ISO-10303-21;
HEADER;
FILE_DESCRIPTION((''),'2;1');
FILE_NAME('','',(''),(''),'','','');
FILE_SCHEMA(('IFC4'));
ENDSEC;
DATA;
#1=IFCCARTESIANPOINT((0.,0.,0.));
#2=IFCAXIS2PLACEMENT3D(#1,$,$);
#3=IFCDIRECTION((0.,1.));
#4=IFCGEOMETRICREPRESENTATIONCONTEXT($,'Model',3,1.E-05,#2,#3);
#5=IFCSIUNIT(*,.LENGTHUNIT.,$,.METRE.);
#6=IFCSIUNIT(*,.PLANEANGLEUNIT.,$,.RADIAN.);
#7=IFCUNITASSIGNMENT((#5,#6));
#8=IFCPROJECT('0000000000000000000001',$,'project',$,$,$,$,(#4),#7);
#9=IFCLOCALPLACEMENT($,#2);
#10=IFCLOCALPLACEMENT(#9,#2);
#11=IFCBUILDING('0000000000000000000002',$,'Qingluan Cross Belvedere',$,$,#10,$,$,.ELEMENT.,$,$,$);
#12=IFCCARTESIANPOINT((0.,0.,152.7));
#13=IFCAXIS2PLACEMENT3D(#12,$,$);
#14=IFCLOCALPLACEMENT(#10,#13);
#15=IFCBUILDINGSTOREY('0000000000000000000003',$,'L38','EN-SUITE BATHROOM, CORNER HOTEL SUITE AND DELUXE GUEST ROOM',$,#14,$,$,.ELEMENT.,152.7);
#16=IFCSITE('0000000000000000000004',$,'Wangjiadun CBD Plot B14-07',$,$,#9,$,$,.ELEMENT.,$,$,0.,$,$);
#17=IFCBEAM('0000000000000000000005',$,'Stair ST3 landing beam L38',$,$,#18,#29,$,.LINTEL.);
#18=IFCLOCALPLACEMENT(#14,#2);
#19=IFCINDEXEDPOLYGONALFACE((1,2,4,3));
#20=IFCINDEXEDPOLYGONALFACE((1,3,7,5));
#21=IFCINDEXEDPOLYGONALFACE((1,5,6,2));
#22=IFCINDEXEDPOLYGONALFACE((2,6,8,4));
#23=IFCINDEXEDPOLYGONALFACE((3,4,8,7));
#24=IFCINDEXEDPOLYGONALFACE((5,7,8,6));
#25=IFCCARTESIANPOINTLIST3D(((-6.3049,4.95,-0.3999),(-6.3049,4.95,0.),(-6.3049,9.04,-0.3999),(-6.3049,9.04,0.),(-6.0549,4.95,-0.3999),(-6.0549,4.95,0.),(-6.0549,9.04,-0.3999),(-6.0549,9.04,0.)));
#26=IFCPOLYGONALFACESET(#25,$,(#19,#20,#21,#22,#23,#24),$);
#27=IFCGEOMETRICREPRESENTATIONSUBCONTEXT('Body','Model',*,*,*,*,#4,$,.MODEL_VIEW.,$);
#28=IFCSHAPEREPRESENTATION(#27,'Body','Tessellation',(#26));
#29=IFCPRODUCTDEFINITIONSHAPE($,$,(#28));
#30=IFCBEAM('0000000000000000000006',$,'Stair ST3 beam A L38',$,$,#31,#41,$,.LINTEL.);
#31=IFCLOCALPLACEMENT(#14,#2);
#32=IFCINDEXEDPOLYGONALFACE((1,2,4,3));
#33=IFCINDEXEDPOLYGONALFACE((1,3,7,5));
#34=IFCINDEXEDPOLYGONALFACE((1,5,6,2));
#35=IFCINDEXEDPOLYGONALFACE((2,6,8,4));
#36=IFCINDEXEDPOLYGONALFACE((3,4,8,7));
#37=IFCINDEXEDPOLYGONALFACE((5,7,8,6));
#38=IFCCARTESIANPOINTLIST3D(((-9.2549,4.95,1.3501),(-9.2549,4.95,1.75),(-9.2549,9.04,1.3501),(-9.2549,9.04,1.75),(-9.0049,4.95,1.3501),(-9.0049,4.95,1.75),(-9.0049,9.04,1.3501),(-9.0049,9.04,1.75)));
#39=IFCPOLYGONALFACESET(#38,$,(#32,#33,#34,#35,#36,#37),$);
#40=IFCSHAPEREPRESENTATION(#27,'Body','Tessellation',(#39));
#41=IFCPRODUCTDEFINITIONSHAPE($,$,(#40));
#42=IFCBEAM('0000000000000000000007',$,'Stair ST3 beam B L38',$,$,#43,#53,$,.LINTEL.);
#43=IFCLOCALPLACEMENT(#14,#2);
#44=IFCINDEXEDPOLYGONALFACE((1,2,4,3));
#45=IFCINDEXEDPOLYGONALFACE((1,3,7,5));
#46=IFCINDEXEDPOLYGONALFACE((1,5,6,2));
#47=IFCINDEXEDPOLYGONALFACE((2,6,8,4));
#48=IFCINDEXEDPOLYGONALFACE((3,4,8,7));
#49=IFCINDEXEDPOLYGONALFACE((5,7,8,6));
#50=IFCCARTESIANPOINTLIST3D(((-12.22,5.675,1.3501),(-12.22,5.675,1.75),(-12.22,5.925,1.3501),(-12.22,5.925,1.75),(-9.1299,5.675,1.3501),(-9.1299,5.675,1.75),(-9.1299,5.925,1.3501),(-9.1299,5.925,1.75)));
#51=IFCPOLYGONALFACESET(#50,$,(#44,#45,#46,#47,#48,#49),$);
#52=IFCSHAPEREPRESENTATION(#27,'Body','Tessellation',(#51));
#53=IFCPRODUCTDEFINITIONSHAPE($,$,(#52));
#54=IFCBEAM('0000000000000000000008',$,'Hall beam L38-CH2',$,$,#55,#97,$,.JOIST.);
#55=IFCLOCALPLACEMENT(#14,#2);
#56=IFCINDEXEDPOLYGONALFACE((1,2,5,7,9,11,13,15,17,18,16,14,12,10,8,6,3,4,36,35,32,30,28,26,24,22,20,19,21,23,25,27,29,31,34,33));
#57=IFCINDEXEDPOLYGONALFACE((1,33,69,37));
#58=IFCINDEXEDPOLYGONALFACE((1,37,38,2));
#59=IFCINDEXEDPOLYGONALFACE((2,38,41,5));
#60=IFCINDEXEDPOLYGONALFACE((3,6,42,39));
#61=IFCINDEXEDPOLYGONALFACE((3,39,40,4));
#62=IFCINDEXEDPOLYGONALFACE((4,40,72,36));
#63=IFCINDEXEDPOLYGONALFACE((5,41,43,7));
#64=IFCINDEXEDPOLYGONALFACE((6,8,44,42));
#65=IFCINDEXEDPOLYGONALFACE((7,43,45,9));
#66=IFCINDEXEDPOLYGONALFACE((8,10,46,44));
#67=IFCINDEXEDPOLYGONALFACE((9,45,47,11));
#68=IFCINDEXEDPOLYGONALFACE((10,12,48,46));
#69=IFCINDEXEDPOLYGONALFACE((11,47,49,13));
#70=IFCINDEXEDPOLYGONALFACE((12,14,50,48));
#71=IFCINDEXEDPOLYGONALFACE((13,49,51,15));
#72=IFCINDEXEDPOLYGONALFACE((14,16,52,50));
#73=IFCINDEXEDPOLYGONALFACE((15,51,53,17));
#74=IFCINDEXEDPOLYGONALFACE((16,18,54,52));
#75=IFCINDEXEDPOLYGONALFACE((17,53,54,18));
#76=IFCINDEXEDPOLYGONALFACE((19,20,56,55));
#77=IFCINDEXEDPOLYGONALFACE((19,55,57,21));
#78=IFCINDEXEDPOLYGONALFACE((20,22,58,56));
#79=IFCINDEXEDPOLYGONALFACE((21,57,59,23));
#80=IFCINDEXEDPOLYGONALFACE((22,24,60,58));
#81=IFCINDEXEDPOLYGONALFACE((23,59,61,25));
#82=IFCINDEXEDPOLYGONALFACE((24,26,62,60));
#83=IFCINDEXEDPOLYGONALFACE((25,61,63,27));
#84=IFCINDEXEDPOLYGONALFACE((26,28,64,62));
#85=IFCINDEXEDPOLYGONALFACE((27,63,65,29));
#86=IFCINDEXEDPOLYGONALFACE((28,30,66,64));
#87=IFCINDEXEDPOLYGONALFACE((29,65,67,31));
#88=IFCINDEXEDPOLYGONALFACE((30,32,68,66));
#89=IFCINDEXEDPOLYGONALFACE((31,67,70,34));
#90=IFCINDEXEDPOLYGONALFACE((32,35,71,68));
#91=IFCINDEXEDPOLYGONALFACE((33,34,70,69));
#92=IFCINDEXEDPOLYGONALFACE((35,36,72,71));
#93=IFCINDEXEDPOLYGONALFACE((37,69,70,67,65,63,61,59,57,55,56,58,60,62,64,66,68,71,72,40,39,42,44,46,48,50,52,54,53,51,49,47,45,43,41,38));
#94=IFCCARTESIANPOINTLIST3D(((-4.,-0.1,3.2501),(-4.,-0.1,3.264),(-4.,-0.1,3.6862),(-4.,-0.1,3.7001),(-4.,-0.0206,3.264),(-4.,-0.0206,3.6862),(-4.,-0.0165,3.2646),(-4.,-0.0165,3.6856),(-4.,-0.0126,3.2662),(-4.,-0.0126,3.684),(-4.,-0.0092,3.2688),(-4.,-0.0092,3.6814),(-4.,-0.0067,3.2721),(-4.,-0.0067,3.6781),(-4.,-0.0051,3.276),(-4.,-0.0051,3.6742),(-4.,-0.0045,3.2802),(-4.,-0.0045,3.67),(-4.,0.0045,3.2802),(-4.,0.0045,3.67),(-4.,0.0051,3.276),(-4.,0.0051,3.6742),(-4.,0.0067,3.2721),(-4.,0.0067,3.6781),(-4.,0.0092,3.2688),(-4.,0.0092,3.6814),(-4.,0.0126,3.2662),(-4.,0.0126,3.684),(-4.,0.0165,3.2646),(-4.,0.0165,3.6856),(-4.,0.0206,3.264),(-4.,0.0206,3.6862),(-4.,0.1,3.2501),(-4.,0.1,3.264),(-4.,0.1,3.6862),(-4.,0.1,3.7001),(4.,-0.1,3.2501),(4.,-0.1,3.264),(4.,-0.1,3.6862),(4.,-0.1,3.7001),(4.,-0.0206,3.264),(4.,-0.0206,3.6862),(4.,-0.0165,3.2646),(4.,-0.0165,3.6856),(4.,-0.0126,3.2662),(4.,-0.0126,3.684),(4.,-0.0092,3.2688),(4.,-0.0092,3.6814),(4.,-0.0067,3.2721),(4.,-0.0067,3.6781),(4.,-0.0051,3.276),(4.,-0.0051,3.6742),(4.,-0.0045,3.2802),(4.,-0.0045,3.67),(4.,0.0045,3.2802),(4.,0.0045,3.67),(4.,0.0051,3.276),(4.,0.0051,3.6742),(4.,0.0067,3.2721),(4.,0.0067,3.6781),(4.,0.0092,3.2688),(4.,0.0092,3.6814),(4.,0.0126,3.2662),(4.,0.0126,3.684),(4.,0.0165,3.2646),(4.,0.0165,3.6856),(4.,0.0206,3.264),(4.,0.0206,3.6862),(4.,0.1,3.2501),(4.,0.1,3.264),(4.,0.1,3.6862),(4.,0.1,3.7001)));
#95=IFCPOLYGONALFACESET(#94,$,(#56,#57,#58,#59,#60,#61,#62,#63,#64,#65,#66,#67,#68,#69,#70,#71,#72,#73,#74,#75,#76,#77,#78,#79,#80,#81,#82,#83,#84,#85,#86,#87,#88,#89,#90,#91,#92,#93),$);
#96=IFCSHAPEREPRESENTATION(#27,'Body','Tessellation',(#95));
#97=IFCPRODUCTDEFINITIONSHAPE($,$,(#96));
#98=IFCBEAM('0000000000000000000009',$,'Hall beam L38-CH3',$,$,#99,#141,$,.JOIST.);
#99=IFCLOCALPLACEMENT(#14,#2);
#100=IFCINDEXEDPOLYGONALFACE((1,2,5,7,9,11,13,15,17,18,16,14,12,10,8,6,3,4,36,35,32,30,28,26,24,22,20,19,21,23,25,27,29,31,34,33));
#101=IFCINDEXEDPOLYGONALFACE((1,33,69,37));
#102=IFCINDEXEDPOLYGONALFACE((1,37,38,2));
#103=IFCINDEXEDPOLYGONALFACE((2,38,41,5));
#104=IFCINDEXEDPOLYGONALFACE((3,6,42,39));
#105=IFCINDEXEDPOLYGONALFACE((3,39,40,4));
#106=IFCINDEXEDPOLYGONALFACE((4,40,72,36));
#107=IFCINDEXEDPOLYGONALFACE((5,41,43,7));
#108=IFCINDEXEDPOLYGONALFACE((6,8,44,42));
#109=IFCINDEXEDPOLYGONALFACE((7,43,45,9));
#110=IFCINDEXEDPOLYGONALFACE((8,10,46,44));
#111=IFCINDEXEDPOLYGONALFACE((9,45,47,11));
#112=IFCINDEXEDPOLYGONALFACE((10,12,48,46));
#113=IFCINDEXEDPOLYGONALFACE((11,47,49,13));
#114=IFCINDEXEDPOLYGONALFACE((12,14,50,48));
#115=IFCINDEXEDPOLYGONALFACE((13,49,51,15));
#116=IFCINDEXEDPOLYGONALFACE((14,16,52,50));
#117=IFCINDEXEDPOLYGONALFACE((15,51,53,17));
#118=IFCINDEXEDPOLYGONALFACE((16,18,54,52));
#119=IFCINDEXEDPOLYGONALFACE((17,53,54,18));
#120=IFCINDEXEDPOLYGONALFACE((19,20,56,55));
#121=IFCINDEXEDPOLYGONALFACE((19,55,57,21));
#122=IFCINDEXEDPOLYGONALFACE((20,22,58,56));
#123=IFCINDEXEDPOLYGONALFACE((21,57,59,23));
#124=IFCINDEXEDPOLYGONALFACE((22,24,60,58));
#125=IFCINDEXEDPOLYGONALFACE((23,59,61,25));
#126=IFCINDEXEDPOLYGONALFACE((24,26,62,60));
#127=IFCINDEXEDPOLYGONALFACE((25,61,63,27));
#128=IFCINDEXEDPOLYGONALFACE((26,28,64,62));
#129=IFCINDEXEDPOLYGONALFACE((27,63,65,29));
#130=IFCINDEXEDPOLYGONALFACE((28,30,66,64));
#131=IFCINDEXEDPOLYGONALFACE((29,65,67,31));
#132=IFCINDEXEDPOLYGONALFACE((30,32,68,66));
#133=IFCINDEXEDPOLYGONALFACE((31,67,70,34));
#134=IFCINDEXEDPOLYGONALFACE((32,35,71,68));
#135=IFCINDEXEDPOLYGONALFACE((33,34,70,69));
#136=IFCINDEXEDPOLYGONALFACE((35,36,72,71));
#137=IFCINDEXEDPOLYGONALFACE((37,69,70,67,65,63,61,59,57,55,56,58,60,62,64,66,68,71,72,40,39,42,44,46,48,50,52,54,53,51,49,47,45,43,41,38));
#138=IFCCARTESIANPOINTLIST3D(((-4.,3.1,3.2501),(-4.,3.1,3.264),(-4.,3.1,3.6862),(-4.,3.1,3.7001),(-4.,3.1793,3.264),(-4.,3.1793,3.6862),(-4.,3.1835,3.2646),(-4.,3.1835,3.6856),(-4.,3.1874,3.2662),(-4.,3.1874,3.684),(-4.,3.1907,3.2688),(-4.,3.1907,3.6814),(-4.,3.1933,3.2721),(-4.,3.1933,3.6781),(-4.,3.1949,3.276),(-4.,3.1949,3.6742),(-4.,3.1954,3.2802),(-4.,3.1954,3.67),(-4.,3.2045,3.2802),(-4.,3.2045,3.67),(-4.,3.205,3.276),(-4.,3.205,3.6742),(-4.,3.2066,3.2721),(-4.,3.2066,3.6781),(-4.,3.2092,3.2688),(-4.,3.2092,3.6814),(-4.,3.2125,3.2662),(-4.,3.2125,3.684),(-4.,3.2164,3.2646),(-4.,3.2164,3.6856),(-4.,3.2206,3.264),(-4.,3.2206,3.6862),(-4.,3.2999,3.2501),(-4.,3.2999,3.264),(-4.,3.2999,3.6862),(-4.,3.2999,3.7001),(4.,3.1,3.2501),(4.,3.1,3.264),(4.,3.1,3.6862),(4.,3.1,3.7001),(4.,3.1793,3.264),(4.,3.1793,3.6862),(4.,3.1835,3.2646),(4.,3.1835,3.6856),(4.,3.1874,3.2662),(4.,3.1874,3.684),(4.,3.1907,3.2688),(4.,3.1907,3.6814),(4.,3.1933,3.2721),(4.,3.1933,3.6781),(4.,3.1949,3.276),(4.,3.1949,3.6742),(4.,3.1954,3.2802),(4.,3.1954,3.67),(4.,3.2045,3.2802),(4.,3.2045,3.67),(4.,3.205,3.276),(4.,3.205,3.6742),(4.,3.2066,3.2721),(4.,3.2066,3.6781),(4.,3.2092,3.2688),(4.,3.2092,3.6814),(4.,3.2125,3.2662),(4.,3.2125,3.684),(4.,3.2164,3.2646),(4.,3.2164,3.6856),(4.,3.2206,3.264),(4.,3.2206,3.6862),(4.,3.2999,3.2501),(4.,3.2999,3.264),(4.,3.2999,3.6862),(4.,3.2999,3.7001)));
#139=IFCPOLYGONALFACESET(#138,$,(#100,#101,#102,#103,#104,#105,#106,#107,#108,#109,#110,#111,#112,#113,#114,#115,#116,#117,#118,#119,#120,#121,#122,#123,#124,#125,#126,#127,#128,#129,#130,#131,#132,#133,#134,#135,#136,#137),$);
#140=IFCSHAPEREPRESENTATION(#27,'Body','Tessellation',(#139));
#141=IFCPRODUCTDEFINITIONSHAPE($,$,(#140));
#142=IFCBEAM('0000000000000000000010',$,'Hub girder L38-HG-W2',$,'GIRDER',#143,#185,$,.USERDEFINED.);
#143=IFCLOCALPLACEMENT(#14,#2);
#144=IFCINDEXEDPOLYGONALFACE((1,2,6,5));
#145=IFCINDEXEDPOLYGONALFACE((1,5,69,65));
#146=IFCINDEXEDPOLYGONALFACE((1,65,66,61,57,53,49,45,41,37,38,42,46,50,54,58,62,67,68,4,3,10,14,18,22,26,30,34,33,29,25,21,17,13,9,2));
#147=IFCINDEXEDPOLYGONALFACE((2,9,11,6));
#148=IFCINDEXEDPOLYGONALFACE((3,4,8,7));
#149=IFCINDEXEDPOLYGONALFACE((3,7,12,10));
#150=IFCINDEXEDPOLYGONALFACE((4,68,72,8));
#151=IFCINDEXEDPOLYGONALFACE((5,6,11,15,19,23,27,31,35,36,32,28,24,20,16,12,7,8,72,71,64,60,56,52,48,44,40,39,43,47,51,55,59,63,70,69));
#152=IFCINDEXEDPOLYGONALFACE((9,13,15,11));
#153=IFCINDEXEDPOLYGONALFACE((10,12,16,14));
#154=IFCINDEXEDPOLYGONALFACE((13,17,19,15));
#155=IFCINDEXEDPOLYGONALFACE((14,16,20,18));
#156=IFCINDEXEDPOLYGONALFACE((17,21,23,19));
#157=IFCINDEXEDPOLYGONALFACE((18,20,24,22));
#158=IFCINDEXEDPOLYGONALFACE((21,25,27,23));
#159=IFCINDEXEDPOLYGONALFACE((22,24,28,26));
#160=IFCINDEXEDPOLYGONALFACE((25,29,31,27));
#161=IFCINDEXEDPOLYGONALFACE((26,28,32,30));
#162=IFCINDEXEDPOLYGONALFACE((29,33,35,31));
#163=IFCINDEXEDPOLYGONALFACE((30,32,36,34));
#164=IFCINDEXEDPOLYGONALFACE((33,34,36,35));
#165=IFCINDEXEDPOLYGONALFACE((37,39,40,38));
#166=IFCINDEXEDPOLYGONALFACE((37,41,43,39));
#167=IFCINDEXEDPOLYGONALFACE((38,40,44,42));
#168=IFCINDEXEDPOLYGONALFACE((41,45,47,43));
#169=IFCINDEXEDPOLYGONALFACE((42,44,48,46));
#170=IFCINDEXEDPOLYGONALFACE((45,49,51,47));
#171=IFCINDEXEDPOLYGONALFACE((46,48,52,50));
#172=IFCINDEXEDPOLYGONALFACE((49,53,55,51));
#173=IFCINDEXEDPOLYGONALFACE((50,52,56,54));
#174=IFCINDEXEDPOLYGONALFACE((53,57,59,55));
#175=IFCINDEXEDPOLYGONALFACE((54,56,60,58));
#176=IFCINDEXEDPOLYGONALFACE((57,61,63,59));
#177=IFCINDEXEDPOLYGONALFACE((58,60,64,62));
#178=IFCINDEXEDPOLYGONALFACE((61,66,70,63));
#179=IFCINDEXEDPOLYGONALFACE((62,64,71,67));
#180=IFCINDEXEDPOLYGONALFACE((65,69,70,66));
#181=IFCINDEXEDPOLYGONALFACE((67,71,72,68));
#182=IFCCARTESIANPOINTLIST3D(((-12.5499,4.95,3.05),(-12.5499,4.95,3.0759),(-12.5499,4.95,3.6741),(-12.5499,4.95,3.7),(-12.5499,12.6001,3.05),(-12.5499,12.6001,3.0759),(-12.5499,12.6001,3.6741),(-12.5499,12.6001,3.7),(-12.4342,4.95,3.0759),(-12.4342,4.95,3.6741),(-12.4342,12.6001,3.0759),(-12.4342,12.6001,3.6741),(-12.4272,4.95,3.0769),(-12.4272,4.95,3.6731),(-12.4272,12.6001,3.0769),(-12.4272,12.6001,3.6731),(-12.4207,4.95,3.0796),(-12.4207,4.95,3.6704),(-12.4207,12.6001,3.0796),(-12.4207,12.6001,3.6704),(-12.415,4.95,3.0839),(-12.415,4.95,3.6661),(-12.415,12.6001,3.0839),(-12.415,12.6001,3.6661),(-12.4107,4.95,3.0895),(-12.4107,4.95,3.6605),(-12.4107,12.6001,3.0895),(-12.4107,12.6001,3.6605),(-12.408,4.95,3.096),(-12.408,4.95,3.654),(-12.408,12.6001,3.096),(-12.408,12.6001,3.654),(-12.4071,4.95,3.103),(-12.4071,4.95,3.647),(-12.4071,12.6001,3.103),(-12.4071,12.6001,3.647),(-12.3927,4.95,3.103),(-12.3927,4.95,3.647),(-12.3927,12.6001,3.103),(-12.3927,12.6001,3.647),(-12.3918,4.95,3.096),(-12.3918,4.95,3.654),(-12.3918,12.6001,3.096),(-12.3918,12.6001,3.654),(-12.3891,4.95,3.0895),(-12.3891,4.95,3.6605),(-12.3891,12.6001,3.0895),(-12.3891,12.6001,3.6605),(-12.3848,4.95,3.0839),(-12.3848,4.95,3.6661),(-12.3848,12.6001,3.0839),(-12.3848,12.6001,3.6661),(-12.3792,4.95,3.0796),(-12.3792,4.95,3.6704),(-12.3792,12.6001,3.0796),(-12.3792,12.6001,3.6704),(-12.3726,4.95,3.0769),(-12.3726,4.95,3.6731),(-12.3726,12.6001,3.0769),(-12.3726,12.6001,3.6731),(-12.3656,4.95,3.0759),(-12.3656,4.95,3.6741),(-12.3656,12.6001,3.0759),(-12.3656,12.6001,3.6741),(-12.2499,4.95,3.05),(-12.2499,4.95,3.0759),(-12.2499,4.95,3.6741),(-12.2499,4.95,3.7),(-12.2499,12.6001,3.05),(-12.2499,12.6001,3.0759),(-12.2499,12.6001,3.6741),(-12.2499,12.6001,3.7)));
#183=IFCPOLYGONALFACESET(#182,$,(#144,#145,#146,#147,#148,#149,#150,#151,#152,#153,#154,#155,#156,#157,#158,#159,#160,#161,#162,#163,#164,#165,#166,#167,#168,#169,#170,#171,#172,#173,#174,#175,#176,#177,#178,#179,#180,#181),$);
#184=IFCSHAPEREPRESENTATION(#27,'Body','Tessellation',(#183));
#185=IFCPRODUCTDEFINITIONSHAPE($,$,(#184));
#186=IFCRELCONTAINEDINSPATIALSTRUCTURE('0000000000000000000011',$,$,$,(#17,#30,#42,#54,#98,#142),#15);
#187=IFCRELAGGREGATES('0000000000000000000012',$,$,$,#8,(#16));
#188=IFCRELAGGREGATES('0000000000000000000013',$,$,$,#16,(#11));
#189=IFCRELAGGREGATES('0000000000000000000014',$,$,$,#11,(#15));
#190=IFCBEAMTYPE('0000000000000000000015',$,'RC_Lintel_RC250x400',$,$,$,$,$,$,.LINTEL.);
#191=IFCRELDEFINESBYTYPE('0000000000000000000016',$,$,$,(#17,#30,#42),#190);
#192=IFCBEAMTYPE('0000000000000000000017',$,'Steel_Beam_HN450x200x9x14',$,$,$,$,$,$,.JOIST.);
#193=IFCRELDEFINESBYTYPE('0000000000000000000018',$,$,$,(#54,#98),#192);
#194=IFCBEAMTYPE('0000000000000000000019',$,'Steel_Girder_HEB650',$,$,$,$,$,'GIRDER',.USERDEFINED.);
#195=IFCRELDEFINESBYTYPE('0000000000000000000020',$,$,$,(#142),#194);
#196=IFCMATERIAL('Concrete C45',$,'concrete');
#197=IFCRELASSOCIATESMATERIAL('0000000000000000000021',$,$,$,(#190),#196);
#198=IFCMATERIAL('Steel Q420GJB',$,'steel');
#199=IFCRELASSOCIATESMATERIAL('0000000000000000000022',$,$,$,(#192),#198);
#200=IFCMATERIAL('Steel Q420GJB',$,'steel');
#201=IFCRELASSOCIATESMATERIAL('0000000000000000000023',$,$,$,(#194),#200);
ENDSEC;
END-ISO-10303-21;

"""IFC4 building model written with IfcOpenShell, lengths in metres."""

from ifc_helpers import new_model, si_unit, direction, frame, origin, origin_2d, place, context, subcontext, project, spatial, rectangle, i_section, extrude, material, material_profile, profile_set, type_object, element, save


model = new_model("IFC4")

# Units and contexts
model_context = context("Model", 3, precision=1e-05, world=origin(), true_north=direction((0.0, 1.0)))
body_context = subcontext(model_context, "Body", "Model", "MODEL_VIEW")
ifc_project = project(units=[si_unit("LENGTHUNIT", "METRE"), si_unit("PLANEANGLEUNIT", "RADIAN")], contexts=[model_context])

# Site, building, storey
site_placement = place(None, origin())
site = spatial("IfcSite", under=ifc_project, at=site_placement, Name="Wangjiadun CBD Plot B14-07", CompositionType="ELEMENT", RefElevation=0.0)
building_placement = place(site_placement, origin())
building = spatial("IfcBuilding", under=site, at=building_placement, Name="Qingluan Cross Belvedere", CompositionType="ELEMENT")
storey_placement = place(building_placement, frame((0.0, 0.0, 152.7)))
storey = spatial("IfcBuildingStorey", under=building, at=storey_placement, Name="L38", Description="EN-SUITE BATHROOM, CORNER HOTEL SUITE AND DELUXE GUEST ROOM", CompositionType="ELEMENT", Elevation=152.7)

# Beams
ifc_material_1 = material(Name="Concrete C45", Category="concrete")
ifc_material_profile_1 = material_profile(ifc_material_1, rectangle(XDim=0.25, YDim=0.3999, at=origin_2d()), Name="RC250x400")
ifc_profile_set_1 = profile_set([ifc_material_profile_1], Name="Concrete C45")
beam_type_1 = type_object("IfcBeamType", Name="RC_Lintel_RC250x400", PredefinedType="LINTEL", material=ifc_profile_set_1)
for number, where, z_axis, x_axis, name in (
    (1, (-6.1799, 4.95, -0.2), (0.0, 1.0, 0.0), (-1.0, 0.0, 0.0), "Stair ST3 landing beam L38"),
    (2, (-9.1299, 4.95, 1.55), (0.0, 1.0, 0.0), (-1.0, 0.0, 0.0), "Stair ST3 beam A L38"),
):
    element("IfcBeam", number, at=place(storey_placement, frame(where, z_axis=z_axis, x_axis=x_axis)), inside=storey, type_object=beam_type_1, Name=name, PredefinedType="LINTEL", context=body_context, shape_type="SweptSolid", body=[
        extrude(rectangle(XDim=0.25, YDim=0.3999, at=origin_2d()), origin(), (0.0, 0.0, 1.0), 4.0901),
    ])
beam_1_placement = place(storey_placement, frame((-12.22, 5.8, 1.55), z_axis=(1.0, 0.0, 0.0), x_axis=(0.0, 1.0, 0.0)))
element("IfcBeam", 3, at=beam_1_placement, inside=storey, type_object=beam_type_1, Name="Stair ST3 beam B L38", PredefinedType="LINTEL", context=body_context, shape_type="SweptSolid", body=[
    extrude(rectangle(XDim=0.25, YDim=0.3999, at=origin_2d()), origin(), (0.0, 0.0, 1.0), 3.0901),
])
ifc_material_2 = material(Name="Steel Q420GJB", Category="steel")
ifc_material_profile_2 = material_profile(ifc_material_2, i_section(OverallWidth=0.2, OverallDepth=0.45, WebThickness=0.009, FlangeThickness=0.0139, FilletRadius=0.0161, at=origin_2d()), Name="HN450x200x9x14")
ifc_profile_set_2 = profile_set([ifc_material_profile_2], Name="Steel Q420GJB")
beam_type_2 = type_object("IfcBeamType", Name="Steel_Beam_HN450x200x9x14", PredefinedType="JOIST", material=ifc_profile_set_2)
for number, where, z_axis, x_axis, name in (
    (4, (-4.0, 0.0, 3.4751), (1.0, 0.0, 0.0), (0.0, 1.0, 0.0), "Hall beam L38-CH2"),
    (5, (-4.0, 3.2, 3.4751), (1.0, 0.0, 0.0), (0.0, 1.0, 0.0), "Hall beam L38-CH3"),
):
    element("IfcBeam", number, at=place(storey_placement, frame(where, z_axis=z_axis, x_axis=x_axis)), inside=storey, type_object=beam_type_2, Name=name, PredefinedType="JOIST", context=body_context, shape_type="SweptSolid", body=[
        extrude(i_section(OverallWidth=0.2, OverallDepth=0.45, WebThickness=0.009, FlangeThickness=0.0139, FilletRadius=0.0161, at=origin_2d()), origin(), (0.0, 0.0, 1.0), 8.0),
    ])
ifc_material_3 = material(Name="Steel Q420GJB", Category="steel")
ifc_material_profile_3 = material_profile(ifc_material_3, i_section(OverallWidth=0.3, OverallDepth=0.6499, WebThickness=0.0144, FlangeThickness=0.0259, FilletRadius=0.0271, at=origin_2d()), Name="HEB650")
ifc_profile_set_3 = profile_set([ifc_material_profile_3], Name="Steel Q420GJB")
beam_type_3 = type_object("IfcBeamType", Name="Steel_Girder_HEB650", ElementType="GIRDER", PredefinedType="USERDEFINED", material=ifc_profile_set_3)
beam_2_placement = place(storey_placement, frame((-12.3999, 4.95, 3.375), z_axis=(0.0, 1.0, 0.0), x_axis=(-1.0, 0.0, 0.0)))
element("IfcBeam", 6, at=beam_2_placement, inside=storey, type_object=beam_type_3, Name="Hub girder L38-HG-W2", ObjectType="GIRDER", PredefinedType="USERDEFINED", context=body_context, shape_type="SweptSolid", body=[
    extrude(i_section(OverallWidth=0.3, OverallDepth=0.6499, WebThickness=0.0144, FlangeThickness=0.0259, FilletRadius=0.0271, at=origin_2d()), origin(), (0.0, 0.0, 1.0), 7.6501),
])

save(model, "model.ifc")
